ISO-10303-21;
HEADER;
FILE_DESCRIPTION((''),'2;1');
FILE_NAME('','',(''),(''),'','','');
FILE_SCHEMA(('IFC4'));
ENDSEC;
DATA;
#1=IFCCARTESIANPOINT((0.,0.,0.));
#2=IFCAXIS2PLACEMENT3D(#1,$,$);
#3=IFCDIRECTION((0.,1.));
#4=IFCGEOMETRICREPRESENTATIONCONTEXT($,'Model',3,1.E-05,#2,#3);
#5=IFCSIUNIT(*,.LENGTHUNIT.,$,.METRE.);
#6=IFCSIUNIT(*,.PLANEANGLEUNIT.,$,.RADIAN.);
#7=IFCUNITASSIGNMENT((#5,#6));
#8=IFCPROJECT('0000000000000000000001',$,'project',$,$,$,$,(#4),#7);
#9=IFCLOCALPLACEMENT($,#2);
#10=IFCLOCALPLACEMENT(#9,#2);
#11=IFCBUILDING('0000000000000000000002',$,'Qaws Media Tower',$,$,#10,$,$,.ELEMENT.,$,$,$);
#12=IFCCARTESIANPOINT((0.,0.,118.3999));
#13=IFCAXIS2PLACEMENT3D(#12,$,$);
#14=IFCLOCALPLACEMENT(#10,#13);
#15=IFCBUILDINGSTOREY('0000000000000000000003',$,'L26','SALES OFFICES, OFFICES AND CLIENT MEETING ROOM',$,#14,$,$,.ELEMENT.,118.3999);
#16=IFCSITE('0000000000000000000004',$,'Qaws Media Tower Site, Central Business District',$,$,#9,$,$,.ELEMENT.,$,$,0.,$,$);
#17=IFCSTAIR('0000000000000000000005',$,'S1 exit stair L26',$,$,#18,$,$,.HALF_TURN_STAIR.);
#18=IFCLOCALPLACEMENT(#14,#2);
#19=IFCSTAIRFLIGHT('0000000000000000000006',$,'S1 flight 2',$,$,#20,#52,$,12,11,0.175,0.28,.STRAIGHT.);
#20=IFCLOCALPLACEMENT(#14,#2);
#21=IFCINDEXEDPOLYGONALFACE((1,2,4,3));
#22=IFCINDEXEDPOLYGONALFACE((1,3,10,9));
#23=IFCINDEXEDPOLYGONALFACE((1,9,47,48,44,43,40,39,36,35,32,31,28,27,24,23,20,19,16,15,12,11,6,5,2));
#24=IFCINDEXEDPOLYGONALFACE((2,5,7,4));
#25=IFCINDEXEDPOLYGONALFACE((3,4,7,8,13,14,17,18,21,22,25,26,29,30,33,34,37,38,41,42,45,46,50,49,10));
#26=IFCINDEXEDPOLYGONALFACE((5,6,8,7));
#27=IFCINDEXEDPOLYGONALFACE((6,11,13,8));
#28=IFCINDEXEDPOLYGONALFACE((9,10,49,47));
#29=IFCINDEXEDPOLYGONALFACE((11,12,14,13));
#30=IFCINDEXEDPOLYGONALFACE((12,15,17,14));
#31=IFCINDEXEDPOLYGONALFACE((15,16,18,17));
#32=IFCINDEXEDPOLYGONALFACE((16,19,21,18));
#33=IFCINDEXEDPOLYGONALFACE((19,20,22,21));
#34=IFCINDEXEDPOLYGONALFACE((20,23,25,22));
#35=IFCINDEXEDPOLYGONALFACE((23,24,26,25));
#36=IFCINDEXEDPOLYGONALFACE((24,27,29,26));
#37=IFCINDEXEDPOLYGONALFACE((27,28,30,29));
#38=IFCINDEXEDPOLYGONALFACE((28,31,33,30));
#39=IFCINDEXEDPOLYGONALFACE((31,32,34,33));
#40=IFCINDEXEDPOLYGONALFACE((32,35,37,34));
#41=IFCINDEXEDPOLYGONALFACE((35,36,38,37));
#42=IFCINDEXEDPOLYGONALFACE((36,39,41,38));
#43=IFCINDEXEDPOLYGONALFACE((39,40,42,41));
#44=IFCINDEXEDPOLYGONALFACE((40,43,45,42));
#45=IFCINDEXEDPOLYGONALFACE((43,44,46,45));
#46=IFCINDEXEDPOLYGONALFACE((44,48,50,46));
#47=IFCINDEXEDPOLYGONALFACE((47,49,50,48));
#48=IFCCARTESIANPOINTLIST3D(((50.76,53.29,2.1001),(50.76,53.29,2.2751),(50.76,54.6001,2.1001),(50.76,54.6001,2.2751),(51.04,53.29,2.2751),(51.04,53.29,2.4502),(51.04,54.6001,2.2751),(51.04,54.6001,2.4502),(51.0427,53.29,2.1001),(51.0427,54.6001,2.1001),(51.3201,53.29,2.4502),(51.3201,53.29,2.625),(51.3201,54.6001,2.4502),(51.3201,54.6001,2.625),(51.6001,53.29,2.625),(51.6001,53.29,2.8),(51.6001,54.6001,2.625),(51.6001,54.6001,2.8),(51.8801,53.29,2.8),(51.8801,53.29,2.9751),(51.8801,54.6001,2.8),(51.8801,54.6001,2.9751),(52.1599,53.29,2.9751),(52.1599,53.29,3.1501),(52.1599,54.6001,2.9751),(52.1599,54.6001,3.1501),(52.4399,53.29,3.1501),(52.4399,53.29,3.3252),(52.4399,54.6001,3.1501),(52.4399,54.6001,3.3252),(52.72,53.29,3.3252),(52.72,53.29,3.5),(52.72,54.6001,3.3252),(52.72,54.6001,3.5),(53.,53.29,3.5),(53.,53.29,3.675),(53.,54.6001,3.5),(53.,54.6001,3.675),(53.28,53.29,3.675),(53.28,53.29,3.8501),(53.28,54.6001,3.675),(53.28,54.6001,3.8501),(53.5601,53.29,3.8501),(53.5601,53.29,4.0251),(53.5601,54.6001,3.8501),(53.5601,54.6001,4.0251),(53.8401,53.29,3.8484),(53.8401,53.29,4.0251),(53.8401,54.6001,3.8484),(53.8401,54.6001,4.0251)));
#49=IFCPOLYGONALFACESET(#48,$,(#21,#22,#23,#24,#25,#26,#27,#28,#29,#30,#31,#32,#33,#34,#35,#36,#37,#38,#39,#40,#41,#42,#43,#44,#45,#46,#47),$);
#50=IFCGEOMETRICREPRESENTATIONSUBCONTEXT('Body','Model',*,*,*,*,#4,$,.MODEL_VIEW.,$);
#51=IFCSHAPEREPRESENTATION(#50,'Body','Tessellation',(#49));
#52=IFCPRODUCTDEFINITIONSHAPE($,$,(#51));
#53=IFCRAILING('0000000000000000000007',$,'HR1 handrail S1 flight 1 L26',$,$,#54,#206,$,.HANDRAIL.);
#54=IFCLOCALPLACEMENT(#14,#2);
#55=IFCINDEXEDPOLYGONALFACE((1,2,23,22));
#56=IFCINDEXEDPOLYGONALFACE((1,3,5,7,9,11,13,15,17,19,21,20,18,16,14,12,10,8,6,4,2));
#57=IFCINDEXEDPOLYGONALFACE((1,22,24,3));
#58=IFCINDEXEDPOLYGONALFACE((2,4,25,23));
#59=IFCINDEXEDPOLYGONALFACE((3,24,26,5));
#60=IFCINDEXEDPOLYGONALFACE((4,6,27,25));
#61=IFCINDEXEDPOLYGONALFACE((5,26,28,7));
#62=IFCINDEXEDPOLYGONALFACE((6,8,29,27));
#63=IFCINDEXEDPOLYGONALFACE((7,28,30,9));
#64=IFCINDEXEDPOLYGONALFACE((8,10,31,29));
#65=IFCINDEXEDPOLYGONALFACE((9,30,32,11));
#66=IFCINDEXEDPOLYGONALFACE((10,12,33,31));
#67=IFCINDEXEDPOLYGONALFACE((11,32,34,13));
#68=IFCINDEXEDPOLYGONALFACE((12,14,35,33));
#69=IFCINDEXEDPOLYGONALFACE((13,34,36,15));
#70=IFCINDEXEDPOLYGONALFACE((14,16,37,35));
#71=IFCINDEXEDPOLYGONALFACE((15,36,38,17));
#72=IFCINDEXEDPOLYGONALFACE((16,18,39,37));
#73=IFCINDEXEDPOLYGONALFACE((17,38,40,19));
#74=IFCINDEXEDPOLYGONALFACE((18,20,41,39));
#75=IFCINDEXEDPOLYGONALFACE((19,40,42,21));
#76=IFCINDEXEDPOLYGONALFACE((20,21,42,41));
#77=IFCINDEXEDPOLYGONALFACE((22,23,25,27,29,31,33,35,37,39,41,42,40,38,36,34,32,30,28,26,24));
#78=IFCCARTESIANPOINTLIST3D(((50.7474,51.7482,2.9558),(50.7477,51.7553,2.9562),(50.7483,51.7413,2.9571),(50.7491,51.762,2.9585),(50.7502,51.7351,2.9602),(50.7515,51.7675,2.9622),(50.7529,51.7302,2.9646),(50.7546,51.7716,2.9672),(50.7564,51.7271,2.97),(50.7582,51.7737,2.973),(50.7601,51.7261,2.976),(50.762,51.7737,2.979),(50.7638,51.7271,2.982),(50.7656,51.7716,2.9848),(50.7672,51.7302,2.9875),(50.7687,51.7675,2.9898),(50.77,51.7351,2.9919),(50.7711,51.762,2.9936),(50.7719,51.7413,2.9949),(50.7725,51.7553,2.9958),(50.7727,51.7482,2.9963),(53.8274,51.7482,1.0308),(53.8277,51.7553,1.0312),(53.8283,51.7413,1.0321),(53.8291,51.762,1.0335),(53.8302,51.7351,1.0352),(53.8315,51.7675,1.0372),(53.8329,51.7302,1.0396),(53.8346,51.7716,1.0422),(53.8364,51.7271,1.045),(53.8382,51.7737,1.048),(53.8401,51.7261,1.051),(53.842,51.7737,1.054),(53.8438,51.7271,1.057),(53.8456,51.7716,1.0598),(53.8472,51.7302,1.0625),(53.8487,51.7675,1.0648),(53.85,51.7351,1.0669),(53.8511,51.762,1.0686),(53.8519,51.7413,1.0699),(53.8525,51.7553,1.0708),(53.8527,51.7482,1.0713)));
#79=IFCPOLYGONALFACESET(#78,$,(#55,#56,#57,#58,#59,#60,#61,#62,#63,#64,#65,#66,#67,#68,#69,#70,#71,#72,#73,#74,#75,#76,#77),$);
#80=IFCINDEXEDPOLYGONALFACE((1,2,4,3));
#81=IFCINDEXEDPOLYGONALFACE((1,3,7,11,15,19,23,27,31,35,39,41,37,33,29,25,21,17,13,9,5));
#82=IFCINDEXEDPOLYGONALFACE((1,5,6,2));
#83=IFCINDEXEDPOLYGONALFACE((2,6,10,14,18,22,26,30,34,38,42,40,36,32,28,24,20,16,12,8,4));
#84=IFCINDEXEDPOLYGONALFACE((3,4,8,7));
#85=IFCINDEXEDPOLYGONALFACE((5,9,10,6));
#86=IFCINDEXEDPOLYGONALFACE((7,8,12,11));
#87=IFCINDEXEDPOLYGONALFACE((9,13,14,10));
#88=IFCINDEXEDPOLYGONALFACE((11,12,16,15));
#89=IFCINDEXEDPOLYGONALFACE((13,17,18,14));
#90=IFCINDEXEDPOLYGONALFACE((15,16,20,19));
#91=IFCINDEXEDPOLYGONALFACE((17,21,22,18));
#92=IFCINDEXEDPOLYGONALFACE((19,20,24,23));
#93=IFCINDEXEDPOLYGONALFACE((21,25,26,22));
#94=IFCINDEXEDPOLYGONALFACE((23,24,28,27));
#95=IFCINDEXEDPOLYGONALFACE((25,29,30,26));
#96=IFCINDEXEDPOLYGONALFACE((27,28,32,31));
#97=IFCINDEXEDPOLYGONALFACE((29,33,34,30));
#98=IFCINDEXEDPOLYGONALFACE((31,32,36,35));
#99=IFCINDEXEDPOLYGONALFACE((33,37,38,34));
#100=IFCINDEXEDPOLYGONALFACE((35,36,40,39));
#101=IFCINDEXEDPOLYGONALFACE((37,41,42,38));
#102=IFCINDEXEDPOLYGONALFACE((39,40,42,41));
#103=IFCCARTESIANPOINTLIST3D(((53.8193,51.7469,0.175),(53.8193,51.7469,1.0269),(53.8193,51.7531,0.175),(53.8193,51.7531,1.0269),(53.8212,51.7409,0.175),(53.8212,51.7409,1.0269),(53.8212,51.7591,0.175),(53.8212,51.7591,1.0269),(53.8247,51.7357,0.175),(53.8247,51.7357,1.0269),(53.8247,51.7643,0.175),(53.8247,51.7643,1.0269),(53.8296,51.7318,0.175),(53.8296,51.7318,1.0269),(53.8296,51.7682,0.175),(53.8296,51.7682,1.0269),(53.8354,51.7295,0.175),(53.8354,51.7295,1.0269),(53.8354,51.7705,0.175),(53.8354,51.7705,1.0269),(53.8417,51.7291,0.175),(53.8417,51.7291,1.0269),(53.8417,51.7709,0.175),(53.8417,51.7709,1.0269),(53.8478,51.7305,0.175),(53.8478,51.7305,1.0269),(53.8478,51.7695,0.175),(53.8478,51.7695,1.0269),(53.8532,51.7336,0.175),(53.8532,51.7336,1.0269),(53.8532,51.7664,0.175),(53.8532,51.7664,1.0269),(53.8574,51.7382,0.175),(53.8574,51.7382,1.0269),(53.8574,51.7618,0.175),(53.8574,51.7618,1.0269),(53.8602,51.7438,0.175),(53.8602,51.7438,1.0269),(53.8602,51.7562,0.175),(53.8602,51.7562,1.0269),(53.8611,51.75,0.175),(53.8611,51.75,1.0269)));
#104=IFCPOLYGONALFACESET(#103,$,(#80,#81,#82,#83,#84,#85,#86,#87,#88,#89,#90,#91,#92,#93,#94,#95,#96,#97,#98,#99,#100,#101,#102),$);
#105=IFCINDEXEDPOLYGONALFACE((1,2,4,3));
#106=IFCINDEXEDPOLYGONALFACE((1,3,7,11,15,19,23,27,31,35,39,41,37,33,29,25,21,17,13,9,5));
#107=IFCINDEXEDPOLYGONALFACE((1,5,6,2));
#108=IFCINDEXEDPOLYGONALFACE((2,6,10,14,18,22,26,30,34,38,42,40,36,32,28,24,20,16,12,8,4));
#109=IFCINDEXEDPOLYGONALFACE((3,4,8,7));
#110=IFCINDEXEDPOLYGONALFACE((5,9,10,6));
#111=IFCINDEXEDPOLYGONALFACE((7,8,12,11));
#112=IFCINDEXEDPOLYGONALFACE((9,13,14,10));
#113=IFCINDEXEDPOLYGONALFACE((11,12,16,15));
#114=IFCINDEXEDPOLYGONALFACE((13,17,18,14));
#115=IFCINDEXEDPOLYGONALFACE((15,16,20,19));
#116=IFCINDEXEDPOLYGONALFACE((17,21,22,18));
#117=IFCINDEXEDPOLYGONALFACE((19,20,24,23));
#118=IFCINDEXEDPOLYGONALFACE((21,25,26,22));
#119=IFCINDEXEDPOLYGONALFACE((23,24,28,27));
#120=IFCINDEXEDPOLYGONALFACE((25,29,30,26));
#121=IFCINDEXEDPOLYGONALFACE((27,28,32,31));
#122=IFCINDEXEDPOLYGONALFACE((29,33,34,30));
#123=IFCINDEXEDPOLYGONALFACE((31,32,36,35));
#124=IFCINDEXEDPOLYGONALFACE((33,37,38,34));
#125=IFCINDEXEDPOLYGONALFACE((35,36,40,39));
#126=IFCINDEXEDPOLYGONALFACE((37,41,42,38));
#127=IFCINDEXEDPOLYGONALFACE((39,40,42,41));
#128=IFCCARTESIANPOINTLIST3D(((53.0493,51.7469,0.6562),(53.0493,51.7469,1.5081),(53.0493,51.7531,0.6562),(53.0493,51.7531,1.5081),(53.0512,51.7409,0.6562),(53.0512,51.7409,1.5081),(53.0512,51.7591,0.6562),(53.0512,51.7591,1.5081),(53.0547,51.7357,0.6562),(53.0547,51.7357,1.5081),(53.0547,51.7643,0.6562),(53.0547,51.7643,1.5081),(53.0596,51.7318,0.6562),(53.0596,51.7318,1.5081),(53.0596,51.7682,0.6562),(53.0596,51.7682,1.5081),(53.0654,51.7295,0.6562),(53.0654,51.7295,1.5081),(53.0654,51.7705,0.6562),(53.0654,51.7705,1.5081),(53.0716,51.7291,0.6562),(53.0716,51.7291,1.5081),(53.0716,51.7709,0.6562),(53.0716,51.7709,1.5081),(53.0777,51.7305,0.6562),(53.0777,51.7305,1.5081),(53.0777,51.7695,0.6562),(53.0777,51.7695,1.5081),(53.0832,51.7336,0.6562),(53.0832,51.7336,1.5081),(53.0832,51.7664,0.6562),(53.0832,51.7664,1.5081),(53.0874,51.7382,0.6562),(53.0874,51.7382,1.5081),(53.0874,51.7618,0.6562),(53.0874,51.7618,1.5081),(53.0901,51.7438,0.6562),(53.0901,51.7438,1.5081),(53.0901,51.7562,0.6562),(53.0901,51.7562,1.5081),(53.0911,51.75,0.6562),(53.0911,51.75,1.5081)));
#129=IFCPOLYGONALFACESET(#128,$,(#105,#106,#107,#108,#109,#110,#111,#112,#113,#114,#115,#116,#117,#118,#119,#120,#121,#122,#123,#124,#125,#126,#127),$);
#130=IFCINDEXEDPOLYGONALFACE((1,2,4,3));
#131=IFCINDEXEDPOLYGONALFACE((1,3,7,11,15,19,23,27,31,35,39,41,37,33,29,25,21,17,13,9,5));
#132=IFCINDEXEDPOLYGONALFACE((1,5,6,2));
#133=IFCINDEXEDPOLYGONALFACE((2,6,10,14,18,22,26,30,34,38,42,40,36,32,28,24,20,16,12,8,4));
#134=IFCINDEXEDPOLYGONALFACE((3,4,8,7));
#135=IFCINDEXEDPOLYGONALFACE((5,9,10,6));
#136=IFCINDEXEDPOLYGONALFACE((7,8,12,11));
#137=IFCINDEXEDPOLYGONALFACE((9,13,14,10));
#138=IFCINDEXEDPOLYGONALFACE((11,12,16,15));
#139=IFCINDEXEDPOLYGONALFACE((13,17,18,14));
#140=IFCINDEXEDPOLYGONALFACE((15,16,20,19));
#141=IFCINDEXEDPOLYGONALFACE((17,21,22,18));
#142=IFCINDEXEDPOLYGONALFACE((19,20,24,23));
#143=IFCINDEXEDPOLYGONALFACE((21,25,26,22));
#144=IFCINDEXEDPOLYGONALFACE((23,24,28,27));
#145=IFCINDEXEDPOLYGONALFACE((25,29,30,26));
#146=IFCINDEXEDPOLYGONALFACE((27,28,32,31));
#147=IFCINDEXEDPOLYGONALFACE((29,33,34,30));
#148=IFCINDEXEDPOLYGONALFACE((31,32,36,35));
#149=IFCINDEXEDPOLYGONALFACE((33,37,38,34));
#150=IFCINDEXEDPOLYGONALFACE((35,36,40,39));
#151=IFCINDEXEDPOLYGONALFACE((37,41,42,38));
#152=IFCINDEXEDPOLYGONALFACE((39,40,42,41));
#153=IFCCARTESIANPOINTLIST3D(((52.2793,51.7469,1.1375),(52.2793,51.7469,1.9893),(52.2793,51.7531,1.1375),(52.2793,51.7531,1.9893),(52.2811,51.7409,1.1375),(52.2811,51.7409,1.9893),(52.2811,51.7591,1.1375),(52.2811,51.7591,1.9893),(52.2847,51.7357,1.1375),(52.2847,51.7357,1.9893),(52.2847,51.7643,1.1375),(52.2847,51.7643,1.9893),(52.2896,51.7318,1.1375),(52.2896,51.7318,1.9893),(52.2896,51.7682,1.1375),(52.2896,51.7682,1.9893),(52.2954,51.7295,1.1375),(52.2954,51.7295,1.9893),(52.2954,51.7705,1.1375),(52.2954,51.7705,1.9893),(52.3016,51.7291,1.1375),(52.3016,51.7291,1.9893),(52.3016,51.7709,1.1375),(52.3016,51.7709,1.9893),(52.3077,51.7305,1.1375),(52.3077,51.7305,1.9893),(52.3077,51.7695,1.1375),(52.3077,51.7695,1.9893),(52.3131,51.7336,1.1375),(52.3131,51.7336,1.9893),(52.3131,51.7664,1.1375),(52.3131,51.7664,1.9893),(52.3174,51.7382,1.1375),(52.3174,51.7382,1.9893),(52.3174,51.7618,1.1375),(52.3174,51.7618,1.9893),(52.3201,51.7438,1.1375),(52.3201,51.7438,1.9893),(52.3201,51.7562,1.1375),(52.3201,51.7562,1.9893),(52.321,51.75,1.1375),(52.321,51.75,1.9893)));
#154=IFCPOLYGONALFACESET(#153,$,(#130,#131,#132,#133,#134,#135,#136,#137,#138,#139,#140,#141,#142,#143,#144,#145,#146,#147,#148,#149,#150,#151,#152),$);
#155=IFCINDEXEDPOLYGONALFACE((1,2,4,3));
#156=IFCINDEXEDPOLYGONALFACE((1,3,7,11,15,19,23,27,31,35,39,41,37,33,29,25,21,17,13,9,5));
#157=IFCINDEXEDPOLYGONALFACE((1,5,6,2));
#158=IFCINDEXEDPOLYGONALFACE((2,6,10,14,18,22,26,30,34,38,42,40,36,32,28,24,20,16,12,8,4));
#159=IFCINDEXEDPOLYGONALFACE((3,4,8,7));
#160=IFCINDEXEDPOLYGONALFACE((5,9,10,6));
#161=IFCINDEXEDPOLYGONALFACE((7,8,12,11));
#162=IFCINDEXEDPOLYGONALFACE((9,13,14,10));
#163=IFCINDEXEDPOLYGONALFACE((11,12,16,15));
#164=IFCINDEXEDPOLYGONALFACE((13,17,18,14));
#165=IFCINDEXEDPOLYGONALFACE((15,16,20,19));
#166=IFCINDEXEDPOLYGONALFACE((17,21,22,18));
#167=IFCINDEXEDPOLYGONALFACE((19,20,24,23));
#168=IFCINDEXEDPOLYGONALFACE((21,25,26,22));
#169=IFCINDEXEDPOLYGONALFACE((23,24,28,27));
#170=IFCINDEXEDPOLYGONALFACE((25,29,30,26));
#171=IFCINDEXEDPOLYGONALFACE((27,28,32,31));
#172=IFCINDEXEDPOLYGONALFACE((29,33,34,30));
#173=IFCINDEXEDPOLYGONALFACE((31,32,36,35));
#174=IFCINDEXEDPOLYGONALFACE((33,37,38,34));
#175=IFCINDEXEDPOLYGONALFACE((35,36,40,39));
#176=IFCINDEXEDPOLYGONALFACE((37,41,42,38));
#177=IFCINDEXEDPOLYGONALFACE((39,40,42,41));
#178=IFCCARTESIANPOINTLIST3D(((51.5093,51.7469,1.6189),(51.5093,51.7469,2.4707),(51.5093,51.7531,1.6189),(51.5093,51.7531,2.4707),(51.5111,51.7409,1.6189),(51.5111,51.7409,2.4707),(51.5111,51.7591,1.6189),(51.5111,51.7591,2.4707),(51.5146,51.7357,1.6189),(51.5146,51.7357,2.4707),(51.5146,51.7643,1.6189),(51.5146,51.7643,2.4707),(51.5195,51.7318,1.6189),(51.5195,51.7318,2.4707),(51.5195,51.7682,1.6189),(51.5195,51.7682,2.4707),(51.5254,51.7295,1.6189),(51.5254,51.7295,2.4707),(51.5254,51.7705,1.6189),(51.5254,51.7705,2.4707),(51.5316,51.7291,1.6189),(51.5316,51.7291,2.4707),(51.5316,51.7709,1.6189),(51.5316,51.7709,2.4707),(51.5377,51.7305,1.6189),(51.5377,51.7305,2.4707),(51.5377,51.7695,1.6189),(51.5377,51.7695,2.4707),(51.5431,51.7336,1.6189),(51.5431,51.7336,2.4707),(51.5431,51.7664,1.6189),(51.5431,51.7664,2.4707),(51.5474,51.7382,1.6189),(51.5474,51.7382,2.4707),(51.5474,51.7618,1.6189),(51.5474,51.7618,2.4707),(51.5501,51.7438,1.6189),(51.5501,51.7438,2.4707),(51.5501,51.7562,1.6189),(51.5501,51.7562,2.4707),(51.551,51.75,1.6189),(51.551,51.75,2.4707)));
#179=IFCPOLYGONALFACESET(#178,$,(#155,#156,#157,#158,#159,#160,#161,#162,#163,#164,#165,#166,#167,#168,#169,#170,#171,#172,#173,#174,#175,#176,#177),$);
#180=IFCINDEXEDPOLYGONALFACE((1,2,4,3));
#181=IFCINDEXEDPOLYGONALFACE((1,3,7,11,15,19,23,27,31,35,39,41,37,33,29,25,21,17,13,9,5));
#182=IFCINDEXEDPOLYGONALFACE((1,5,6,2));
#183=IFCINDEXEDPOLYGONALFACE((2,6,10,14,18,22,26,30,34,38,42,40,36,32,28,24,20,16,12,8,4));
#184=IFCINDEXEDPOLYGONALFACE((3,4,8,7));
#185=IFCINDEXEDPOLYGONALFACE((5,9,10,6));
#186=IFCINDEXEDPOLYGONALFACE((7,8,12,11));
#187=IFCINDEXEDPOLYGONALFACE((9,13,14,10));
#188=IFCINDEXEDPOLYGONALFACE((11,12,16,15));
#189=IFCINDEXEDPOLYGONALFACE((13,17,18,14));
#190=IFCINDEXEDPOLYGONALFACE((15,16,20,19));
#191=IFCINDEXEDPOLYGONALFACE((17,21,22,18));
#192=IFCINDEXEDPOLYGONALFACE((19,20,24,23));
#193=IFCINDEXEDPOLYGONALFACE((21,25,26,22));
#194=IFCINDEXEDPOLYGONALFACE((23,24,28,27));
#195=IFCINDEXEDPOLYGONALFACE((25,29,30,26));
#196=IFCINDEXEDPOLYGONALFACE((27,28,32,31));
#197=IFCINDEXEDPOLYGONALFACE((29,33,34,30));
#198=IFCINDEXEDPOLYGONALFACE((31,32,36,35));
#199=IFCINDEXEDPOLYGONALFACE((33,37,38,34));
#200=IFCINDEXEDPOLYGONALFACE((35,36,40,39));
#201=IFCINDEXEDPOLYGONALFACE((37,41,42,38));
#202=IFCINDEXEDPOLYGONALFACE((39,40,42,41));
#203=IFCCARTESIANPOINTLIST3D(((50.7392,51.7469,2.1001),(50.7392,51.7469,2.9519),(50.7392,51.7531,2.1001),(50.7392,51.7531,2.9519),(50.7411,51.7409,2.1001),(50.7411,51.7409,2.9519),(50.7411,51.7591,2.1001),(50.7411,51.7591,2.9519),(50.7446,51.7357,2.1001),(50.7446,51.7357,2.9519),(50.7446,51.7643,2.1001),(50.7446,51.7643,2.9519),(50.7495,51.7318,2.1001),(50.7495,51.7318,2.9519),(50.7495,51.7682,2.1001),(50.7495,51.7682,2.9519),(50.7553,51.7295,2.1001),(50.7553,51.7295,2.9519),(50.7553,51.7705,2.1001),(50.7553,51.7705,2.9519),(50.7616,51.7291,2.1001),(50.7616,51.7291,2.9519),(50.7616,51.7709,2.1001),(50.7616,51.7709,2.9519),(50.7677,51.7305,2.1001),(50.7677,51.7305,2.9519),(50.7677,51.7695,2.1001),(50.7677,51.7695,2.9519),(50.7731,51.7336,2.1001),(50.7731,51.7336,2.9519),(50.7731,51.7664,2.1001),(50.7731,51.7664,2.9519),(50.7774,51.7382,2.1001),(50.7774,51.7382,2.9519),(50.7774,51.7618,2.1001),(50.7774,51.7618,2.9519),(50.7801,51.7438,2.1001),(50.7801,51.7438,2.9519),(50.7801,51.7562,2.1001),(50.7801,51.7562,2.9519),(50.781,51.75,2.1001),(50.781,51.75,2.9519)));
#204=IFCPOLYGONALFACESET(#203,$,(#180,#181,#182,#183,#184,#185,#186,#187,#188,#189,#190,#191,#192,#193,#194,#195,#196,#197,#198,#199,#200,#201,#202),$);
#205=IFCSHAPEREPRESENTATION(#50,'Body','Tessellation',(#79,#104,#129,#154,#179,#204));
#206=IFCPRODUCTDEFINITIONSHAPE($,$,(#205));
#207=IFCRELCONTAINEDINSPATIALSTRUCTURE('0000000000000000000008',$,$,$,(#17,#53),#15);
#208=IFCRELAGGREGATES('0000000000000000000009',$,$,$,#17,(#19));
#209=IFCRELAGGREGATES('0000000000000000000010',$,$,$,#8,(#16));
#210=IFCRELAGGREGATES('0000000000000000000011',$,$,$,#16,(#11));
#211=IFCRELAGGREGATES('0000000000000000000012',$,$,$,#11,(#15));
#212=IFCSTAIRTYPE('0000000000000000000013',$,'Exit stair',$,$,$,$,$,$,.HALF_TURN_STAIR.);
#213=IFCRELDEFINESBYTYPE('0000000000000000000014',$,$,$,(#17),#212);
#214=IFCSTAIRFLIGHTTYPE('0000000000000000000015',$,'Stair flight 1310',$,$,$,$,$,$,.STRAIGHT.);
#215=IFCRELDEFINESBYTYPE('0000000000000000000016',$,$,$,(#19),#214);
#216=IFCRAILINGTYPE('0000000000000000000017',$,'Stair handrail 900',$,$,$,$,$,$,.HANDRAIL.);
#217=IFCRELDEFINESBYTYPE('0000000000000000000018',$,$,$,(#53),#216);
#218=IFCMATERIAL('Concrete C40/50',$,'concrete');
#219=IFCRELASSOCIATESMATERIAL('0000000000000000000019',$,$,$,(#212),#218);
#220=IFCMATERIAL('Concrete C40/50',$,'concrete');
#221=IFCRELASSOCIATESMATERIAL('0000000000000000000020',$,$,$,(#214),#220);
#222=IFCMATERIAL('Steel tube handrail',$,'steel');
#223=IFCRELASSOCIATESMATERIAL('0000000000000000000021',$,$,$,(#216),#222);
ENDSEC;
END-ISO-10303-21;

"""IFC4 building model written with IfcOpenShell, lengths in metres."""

from ifc_helpers import new_model, si_unit, direction, frame, origin, origin_2d, place, context, subcontext, project, spatial, polyline, circle, outline, extrude, material, type_object, element, aggregate, save


model = new_model("IFC4")

# Units and contexts
model_context = context("Model", 3, precision=1e-05, world=origin(), true_north=direction((0.0, 1.0)))
body_context = subcontext(model_context, "Body", "Model", "MODEL_VIEW")
ifc_project = project(units=[si_unit("LENGTHUNIT", "METRE"), si_unit("PLANEANGLEUNIT", "RADIAN")], contexts=[model_context])

# Site, building, storey
site_placement = place(None, origin())
site = spatial("IfcSite", under=ifc_project, at=site_placement, Name="Qaws Media Tower Site, Central Business District", CompositionType="ELEMENT", RefElevation=0.0)
building_placement = place(site_placement, origin())
building = spatial("IfcBuilding", under=site, at=building_placement, Name="Qaws Media Tower", CompositionType="ELEMENT")
storey_placement = place(building_placement, frame((0.0, 0.0, 118.3999)))
storey = spatial("IfcBuildingStorey", under=building, at=storey_placement, Name="L26", Description="SALES OFFICES, OFFICES AND CLIENT MEETING ROOM", CompositionType="ELEMENT", Elevation=118.3999)

# Stair, stair flight
ifc_material_1 = material(Name="Concrete C40/50", Category="concrete")
stair_type = type_object("IfcStairType", Name="Exit stair", PredefinedType="HALF_TURN_STAIR", material=ifc_material_1)
stair_placement = place(storey_placement, origin())
stair = element("IfcStair", 1, at=stair_placement, inside=storey, type_object=stair_type, Name="S1 exit stair L26", PredefinedType="HALF_TURN_STAIR")
ifc_material_2 = material(Name="Concrete C40/50", Category="concrete")
stair_flight_type = type_object("IfcStairFlightType", Name="Stair flight 1310", PredefinedType="STRAIGHT", material=ifc_material_2)
stair_flight_1_placement = place(storey_placement, frame((50.76, 53.9451, 2.1001), z_axis=(0.0, 0.0, 1.0), x_axis=(1.0, 0.0, 0.0)))
stair_flight_1 = element("IfcStairFlight", 2, at=stair_flight_1_placement, type_object=stair_flight_type, Name="S1 flight 2", NumberOfRisers=12, NumberOfTreads=11, PredefinedType="STRAIGHT", RiserHeight=0.175, TreadLength=0.28, context=body_context, shape_type="SweptSolid", body=[
    extrude(outline(polyline([(0.0, 0.0), (0.0, 0.175), (0.28, 0.175), (0.28, 0.3501), (0.5601, 0.3501), (0.5601, 0.5249), (0.8401, 0.5249), (0.8401, 0.7), (1.1201, 0.7), (1.1201, 0.875), (1.3999, 0.875), (1.3999, 1.05), (1.6799, 1.05), (1.6799, 1.2251), (1.96, 1.2251), (1.96, 1.3999), (2.24, 1.3999), (2.24, 1.575), (2.52, 1.575), (2.52, 1.75), (2.8, 1.75), (2.8, 1.925), (3.0801, 1.925), (3.0801, 2.1001), (3.0801, 1.7483), (0.2827, 0.0), (0.0, 0.0)])), frame((0.0, 0.655, 0.0), z_axis=(0.0, -1.0, 0.0), x_axis=(1.0, 0.0, 0.0)), (0.0, 0.0, 1.0), 1.3101),
])
aggregate(stair, [stair_flight_1])

# Railing
ifc_material_3 = material(Name="Steel tube handrail", Category="steel")
railing_type = type_object("IfcRailingType", Name="Stair handrail 900", PredefinedType="HANDRAIL", material=ifc_material_3)
for number, where, name in (
    (3, (53.8401, 51.75, 0.175), "HR1 handrail S1 flight 1 L26"),
):
    element("IfcRailing", number, at=place(storey_placement, frame(where)), inside=storey, type_object=railing_type, Name=name, PredefinedType="HANDRAIL", context=body_context, shape_type="SweptSolid", body=[
        extrude(circle(Radius=0.0239, at=origin_2d()), frame((0.0, 0.0, 0.876), z_axis=(-0.847998, 0.0, 0.529999), x_axis=(0.0, -1.0, 0.0)), (0.0, 0.0, 1.0), 3.6321),
        extrude(circle(Radius=0.021, at=origin_2d()), origin(), (0.0, 0.0, 1.0), 0.8518),
        extrude(circle(Radius=0.021, at=origin_2d()), frame((-0.77, 0.0, 0.4812)), (0.0, 0.0, 1.0), 0.8518),
        extrude(circle(Radius=0.021, at=origin_2d()), frame((-1.54, 0.0, 0.9624)), (0.0, 0.0, 1.0), 0.8518),
        extrude(circle(Radius=0.021, at=origin_2d()), frame((-2.3101, 0.0, 1.4438)), (0.0, 0.0, 1.0), 0.8518),
        extrude(circle(Radius=0.021, at=origin_2d()), frame((-3.0801, 0.0, 1.925)), (0.0, 0.0, 1.0), 0.8518),
    ])

save(model, "model.ifc")
